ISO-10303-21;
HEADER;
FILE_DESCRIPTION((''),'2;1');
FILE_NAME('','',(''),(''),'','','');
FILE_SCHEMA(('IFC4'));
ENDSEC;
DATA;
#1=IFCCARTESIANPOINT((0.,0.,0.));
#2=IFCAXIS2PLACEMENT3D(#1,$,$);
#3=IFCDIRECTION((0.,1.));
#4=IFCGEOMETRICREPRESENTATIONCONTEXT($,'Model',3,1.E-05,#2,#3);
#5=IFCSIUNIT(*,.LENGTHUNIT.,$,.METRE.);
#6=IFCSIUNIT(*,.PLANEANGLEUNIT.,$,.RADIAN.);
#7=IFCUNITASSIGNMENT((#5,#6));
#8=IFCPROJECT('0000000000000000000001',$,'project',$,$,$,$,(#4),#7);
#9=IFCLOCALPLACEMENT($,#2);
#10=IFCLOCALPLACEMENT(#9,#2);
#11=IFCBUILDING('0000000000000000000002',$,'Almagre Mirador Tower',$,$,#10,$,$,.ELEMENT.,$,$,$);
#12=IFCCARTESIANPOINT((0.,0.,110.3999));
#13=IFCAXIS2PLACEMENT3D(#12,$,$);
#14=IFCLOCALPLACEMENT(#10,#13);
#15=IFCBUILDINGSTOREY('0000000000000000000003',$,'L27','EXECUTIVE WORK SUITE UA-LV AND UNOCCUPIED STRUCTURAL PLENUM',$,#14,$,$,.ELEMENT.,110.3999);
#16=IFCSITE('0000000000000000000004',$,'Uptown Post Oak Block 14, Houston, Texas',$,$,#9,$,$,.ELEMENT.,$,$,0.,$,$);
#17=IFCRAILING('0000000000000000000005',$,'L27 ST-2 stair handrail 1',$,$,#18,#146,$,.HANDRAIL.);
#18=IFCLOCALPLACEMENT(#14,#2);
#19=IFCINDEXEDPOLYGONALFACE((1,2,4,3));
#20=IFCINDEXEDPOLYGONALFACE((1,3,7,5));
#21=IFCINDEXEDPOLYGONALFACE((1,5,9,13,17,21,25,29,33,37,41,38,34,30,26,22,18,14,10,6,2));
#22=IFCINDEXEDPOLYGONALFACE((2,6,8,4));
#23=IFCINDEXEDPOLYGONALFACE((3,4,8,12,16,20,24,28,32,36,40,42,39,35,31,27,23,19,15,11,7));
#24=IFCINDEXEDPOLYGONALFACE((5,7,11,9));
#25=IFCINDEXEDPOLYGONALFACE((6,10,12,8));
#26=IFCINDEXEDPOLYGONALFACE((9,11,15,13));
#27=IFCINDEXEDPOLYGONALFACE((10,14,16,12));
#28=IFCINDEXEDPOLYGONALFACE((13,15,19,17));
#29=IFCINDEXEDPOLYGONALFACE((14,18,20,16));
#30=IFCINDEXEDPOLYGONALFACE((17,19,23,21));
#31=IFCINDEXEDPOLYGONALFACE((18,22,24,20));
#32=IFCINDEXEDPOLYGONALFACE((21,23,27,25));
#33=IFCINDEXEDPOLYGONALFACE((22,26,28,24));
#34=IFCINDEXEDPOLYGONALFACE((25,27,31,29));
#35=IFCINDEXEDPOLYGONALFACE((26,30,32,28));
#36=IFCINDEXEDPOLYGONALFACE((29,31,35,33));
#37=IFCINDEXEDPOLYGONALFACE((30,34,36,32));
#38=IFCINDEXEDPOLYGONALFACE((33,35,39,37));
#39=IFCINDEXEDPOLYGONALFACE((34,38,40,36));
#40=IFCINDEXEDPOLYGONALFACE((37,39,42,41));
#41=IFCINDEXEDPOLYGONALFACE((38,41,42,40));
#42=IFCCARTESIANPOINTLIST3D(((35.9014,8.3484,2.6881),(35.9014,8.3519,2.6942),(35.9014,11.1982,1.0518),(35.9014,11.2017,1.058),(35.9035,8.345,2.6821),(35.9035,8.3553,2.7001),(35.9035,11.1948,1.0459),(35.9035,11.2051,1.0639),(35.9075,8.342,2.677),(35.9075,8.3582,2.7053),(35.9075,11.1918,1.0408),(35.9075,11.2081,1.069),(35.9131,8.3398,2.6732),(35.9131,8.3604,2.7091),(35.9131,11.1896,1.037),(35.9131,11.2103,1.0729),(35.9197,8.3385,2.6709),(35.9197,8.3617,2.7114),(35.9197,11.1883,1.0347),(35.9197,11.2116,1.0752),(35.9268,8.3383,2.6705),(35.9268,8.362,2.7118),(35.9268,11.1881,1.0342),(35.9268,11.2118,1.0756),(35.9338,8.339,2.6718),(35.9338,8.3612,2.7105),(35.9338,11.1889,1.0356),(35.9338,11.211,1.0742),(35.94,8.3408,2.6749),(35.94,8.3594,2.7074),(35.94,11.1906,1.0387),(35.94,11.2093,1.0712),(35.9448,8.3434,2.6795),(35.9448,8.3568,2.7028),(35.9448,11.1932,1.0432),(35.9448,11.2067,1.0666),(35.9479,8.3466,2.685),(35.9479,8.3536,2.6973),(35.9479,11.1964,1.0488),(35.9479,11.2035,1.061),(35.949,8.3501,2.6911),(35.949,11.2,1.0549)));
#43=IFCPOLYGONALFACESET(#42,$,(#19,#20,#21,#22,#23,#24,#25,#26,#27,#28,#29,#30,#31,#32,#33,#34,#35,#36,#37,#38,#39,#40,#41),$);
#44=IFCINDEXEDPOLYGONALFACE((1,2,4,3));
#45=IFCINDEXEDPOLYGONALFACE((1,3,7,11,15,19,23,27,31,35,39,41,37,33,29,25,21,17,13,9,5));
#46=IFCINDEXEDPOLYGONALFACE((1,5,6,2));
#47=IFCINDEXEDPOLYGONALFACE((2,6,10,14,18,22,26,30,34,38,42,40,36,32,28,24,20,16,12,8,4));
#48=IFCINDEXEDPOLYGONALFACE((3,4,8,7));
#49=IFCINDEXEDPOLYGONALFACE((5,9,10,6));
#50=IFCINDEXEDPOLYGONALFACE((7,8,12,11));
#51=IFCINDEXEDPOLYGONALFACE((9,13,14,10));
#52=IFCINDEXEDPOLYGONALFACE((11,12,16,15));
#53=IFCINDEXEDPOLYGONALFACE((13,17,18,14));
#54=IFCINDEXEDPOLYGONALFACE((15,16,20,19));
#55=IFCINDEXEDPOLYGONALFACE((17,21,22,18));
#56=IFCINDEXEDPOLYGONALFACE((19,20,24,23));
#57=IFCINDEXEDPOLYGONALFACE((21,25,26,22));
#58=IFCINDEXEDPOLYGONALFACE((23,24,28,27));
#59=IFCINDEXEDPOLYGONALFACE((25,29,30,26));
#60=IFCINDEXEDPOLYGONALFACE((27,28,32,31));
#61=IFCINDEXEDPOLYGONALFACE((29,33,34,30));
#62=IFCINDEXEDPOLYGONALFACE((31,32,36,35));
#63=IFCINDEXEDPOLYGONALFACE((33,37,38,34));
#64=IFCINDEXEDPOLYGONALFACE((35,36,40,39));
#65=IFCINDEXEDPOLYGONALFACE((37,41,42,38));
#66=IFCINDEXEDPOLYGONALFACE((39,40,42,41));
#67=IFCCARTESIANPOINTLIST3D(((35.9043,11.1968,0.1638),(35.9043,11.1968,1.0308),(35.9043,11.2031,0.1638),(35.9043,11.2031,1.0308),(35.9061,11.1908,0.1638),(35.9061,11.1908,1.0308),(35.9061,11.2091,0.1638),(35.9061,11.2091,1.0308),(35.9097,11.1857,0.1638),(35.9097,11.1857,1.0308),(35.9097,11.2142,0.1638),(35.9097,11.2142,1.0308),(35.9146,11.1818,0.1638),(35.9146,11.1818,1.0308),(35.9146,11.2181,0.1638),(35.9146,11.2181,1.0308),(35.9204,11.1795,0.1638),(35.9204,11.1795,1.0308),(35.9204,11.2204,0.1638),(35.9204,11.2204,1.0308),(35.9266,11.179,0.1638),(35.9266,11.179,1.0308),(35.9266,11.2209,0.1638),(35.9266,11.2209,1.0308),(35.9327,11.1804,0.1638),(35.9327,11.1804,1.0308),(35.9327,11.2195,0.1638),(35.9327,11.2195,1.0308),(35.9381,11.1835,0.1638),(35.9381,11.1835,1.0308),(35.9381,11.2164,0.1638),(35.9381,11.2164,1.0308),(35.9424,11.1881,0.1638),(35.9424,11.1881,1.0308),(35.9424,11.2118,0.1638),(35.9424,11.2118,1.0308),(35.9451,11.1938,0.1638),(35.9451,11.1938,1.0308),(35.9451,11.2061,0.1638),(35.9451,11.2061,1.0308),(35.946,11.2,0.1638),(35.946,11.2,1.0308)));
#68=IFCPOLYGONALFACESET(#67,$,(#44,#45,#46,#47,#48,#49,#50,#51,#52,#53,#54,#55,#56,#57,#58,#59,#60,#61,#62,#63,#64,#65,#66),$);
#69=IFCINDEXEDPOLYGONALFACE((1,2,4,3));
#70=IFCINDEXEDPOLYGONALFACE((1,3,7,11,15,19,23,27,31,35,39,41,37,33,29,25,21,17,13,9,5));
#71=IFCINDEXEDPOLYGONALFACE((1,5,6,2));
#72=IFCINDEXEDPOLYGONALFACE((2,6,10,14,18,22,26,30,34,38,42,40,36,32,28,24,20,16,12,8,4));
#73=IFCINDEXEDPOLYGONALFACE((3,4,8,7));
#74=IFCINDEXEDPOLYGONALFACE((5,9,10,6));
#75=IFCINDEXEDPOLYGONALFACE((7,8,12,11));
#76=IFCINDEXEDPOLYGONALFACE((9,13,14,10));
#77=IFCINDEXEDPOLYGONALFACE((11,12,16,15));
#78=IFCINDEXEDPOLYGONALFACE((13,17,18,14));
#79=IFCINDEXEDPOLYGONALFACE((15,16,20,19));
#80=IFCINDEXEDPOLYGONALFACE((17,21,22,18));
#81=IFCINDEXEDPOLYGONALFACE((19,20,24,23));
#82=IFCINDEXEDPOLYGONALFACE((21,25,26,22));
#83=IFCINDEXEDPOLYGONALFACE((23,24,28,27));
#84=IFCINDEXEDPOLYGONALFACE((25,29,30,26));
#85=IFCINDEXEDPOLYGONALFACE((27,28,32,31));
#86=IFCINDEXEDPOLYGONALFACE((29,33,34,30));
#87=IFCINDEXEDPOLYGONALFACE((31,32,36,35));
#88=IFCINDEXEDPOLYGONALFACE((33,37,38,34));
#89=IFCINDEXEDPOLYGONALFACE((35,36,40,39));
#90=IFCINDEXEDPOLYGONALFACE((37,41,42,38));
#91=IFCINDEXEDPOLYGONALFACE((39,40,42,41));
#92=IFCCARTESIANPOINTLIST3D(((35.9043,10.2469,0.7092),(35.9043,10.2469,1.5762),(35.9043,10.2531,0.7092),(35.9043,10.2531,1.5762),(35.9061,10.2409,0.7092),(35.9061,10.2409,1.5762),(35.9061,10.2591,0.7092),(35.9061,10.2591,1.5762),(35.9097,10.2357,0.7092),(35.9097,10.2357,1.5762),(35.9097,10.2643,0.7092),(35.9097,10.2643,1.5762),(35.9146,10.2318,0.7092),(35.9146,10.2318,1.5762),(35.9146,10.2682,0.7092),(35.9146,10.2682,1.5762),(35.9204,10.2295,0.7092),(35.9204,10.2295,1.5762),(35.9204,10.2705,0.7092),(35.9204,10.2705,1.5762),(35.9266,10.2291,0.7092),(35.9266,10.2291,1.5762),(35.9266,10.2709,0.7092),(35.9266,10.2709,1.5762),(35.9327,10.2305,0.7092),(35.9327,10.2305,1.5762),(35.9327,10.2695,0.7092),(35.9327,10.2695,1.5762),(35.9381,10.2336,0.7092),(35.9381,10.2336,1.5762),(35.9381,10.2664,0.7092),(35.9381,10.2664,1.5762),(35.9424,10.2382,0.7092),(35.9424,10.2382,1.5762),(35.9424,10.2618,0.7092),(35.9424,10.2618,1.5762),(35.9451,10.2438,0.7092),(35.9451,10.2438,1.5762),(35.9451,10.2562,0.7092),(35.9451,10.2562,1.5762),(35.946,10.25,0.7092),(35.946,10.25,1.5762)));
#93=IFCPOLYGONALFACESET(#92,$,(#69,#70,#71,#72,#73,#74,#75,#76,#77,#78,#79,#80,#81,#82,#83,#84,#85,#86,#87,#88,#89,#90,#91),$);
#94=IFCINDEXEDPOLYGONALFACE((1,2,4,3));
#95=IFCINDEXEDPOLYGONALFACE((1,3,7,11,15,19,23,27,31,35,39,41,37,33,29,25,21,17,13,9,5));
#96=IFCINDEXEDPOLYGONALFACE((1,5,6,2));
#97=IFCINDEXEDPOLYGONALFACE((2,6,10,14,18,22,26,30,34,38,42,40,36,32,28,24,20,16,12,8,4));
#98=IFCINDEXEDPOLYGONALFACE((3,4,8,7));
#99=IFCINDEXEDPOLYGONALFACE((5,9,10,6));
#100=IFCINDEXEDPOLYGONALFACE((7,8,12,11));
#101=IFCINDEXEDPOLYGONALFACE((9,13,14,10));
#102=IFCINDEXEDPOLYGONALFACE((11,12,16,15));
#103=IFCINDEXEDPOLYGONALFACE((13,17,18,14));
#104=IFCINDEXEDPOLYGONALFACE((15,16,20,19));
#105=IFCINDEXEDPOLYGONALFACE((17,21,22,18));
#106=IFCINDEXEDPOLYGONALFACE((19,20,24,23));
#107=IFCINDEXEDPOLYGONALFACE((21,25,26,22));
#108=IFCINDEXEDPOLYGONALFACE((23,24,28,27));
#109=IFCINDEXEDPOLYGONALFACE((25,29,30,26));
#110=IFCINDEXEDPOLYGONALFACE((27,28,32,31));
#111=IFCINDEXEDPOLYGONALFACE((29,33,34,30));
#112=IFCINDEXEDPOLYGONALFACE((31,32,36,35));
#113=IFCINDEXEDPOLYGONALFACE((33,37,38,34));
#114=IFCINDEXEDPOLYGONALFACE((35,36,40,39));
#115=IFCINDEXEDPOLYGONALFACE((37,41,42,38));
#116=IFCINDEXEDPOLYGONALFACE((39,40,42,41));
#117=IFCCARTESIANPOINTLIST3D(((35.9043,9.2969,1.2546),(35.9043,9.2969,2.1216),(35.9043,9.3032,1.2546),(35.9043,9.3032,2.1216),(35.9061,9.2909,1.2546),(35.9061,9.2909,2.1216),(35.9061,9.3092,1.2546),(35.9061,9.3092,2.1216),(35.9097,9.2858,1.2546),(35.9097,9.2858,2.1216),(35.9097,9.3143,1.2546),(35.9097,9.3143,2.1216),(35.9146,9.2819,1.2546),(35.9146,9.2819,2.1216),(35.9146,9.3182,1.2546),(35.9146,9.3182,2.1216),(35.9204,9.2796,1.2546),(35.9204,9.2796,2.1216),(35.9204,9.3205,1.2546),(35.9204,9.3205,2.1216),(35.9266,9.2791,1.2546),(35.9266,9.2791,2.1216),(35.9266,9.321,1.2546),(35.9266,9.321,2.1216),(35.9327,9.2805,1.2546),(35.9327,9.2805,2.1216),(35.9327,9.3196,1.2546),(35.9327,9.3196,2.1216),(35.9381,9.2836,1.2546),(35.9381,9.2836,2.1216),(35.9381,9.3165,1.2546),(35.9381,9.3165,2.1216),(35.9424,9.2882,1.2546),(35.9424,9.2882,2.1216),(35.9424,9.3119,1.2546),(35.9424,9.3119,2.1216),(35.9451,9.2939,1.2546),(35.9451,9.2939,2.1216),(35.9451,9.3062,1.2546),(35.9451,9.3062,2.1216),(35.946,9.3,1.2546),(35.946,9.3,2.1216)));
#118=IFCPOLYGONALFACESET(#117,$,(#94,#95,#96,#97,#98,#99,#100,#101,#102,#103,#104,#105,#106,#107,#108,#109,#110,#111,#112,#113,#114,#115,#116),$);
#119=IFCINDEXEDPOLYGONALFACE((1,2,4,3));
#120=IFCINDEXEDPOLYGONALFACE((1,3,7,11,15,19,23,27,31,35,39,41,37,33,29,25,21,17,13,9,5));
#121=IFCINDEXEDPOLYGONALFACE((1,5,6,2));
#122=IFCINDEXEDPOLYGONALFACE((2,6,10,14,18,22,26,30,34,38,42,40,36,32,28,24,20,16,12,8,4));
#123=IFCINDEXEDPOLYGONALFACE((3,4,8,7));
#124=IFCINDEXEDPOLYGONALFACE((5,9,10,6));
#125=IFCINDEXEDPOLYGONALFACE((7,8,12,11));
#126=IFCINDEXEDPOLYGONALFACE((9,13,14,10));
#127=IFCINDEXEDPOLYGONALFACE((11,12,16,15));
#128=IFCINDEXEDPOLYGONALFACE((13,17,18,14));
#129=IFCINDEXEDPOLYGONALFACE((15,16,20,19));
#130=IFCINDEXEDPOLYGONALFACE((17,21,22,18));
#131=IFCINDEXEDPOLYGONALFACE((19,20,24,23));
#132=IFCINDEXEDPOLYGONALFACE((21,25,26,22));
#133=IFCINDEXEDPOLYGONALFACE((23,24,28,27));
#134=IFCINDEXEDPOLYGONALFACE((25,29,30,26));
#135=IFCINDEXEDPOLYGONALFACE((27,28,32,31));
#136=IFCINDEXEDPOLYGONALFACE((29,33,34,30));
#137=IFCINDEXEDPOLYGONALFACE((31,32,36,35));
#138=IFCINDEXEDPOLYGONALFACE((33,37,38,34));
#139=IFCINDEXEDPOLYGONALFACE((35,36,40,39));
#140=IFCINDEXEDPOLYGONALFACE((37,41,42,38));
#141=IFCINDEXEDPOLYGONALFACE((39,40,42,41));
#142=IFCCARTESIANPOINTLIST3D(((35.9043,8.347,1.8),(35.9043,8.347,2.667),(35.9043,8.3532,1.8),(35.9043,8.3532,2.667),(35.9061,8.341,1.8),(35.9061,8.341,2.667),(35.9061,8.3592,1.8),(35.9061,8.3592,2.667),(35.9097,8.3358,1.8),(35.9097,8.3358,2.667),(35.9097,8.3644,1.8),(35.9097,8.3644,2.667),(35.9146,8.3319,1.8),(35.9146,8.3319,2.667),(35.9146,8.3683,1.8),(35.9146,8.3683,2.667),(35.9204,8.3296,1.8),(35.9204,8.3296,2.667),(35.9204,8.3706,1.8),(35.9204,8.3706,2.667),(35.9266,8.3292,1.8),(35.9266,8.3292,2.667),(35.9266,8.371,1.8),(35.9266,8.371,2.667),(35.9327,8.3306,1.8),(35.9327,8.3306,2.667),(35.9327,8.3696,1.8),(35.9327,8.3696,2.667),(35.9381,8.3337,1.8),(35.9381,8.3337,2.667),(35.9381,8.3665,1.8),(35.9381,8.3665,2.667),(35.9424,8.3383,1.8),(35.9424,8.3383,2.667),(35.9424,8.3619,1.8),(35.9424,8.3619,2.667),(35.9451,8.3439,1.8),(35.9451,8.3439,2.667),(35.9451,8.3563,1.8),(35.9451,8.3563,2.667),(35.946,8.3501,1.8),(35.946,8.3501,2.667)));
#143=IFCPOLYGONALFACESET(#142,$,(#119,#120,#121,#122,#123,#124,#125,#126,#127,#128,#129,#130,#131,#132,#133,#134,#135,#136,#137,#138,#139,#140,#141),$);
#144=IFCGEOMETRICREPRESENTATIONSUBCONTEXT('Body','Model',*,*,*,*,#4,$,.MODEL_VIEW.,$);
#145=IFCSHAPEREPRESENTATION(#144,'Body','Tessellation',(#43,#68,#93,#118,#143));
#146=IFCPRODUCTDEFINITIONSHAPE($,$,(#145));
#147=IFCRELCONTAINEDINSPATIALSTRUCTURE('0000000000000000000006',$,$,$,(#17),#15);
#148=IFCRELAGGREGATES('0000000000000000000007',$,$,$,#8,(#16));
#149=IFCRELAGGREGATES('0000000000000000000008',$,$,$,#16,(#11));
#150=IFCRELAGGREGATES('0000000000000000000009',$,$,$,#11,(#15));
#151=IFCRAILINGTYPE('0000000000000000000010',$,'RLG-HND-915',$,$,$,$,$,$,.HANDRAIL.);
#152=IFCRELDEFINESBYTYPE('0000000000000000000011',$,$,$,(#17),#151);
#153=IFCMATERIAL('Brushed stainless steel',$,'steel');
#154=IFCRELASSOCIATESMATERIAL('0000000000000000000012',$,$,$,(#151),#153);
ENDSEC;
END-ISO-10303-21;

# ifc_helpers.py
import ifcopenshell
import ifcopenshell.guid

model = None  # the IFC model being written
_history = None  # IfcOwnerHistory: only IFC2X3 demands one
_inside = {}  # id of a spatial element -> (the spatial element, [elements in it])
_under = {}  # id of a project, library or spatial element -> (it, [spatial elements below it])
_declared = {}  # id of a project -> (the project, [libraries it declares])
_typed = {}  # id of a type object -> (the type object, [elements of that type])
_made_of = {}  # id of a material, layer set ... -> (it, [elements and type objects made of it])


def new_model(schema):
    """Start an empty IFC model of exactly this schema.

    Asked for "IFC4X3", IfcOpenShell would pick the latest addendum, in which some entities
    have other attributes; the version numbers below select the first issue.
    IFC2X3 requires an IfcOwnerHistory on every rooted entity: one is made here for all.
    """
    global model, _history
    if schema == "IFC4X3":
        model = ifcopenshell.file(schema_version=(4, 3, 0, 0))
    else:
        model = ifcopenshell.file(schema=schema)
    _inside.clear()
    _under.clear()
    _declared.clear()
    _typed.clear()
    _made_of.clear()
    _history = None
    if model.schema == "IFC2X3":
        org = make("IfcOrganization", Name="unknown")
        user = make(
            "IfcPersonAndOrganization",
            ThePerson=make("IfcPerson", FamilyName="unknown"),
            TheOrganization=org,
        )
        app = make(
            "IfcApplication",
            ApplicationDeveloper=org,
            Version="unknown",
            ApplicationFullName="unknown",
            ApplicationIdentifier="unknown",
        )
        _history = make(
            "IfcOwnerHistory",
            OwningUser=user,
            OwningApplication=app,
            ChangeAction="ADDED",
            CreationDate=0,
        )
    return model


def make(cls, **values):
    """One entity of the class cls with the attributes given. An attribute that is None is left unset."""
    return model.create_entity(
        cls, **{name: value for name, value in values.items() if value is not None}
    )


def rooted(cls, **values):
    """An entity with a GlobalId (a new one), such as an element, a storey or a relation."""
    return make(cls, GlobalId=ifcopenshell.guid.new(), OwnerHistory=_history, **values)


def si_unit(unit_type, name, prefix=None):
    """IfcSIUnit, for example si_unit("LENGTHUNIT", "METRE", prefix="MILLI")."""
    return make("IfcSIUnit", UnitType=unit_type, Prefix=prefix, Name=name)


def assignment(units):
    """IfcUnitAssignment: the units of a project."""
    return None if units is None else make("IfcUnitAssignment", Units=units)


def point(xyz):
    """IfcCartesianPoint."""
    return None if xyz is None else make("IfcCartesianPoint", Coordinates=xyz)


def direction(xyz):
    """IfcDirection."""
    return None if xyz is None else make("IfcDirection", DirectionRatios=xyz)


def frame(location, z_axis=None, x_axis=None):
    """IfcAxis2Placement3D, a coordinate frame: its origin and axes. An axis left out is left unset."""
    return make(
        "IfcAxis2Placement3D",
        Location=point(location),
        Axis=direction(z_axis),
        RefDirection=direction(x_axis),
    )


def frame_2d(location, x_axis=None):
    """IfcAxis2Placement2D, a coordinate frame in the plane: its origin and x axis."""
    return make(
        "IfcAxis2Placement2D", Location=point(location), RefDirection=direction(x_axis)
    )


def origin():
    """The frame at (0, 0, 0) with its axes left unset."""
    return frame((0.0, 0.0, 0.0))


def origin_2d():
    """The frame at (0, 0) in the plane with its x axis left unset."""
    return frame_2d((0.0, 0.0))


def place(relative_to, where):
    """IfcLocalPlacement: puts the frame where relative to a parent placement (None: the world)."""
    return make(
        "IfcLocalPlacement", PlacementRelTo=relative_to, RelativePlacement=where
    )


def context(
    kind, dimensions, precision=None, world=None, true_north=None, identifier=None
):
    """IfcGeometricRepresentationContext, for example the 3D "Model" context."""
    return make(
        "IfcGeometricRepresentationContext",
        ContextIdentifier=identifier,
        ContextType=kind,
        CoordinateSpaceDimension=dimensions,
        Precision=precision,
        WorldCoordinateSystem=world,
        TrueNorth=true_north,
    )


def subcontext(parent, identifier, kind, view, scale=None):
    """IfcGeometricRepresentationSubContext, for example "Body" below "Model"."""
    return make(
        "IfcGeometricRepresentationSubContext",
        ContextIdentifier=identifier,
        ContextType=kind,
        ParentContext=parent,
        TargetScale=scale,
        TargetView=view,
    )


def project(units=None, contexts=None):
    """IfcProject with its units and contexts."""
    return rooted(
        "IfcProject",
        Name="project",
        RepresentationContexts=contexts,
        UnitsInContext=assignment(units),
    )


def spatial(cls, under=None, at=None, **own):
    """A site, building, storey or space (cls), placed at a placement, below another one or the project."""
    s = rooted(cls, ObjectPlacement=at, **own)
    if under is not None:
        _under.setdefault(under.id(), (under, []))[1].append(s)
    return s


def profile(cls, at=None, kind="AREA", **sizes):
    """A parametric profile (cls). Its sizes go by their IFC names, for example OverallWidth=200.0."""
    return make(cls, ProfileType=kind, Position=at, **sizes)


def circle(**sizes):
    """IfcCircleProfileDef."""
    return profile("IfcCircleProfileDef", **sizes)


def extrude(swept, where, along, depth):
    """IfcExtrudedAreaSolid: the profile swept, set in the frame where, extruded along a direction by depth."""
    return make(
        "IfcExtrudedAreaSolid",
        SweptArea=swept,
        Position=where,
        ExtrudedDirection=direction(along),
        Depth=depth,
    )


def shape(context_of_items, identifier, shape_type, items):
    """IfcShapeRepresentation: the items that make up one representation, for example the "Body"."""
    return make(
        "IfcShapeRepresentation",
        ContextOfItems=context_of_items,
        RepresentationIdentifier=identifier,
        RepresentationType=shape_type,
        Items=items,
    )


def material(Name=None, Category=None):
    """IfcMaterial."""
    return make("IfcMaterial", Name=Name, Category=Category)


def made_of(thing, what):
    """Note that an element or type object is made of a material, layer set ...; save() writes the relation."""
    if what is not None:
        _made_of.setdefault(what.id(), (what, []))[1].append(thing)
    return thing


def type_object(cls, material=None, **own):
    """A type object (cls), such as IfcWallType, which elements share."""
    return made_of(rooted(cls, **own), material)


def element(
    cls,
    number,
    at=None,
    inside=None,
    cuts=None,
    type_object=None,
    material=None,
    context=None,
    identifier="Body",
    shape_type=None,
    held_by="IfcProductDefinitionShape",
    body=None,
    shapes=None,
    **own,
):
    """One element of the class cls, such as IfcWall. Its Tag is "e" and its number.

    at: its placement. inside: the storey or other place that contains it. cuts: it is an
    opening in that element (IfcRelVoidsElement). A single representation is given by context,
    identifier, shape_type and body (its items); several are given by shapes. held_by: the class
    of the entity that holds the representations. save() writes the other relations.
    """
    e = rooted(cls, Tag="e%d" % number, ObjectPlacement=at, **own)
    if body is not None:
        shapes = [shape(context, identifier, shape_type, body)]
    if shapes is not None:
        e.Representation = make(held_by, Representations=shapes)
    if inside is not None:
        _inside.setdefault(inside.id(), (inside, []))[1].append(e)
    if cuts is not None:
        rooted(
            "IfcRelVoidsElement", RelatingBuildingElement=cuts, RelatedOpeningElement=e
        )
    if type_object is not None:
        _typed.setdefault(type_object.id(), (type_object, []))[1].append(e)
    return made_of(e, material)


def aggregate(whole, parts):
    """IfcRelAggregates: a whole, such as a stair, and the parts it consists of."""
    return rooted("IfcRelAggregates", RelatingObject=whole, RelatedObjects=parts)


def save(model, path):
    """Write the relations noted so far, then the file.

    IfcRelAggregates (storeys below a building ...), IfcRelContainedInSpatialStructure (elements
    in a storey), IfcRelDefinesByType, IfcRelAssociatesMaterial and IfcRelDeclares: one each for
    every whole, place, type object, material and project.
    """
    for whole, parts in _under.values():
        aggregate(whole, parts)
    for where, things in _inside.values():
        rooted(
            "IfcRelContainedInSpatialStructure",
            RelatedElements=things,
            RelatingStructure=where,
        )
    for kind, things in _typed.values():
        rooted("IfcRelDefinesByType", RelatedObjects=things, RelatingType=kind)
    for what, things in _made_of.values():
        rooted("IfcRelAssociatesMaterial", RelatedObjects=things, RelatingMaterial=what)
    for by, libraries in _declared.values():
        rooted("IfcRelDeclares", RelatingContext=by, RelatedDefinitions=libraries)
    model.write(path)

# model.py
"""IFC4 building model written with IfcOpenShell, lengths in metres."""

from ifc_helpers import new_model, si_unit, direction, frame, origin, origin_2d, place, context, subcontext, project, spatial, circle, extrude, material, type_object, element, save


model = new_model("IFC4")

# Units and contexts
model_context = context("Model", 3, precision=1e-05, world=origin(), true_north=direction((0.0, 1.0)))
body_context = subcontext(model_context, "Body", "Model", "MODEL_VIEW")
ifc_project = project(units=[si_unit("LENGTHUNIT", "METRE"), si_unit("PLANEANGLEUNIT", "RADIAN")], contexts=[model_context])

# Site, building, storey
site_placement = place(None, origin())
site = spatial("IfcSite", under=ifc_project, at=site_placement, Name="Uptown Post Oak Block 14, Houston, Texas", CompositionType="ELEMENT", RefElevation=0.0)
building_placement = place(site_placement, origin())
building = spatial("IfcBuilding", under=site, at=building_placement, Name="Almagre Mirador Tower", CompositionType="ELEMENT")
storey_placement = place(building_placement, frame((0.0, 0.0, 110.3999)))
storey = spatial("IfcBuildingStorey", under=building, at=storey_placement, Name="L27", Description="EXECUTIVE WORK SUITE UA-LV AND UNOCCUPIED STRUCTURAL PLENUM", CompositionType="ELEMENT", Elevation=110.3999)

# Railing
ifc_material_1 = material(Name="Brushed stainless steel", Category="steel")
railing_type_1 = type_object("IfcRailingType", Name="RLG-HND-915", PredefinedType="HANDRAIL", material=ifc_material_1)
railing_1_placement = place(storey_placement, frame((35.925, 11.2, 0.1638)))
element("IfcRailing", 1, at=railing_1_placement, inside=storey, type_object=railing_type_1, Name="L27 ST-2 stair handrail 1", PredefinedType="HANDRAIL", context=body_context, shape_type="SweptSolid", body=[
    extrude(circle(Radius=0.0239, at=origin_2d()), frame((0.0, 0.0, 0.8911), z_axis=(0.0, -0.867226, 0.497914), x_axis=(1.0, 0.0, 0.0)), (0.0, 0.0, 1.0), 3.2861),
    extrude(circle(Radius=0.021, at=origin_2d()), origin(), (0.0, 0.0, 1.0), 0.8669),
    extrude(circle(Radius=0.021, at=origin_2d()), frame((0.0, -0.95, 0.5454)), (0.0, 0.0, 1.0), 0.8669),
    extrude(circle(Radius=0.021, at=origin_2d()), frame((0.0, -1.8999, 1.0908)), (0.0, 0.0, 1.0), 0.8669),
    extrude(circle(Radius=0.021, at=origin_2d()), frame((0.0, -2.8499, 1.6362)), (0.0, 0.0, 1.0), 0.8669),
])

save(model, "model.ifc")
